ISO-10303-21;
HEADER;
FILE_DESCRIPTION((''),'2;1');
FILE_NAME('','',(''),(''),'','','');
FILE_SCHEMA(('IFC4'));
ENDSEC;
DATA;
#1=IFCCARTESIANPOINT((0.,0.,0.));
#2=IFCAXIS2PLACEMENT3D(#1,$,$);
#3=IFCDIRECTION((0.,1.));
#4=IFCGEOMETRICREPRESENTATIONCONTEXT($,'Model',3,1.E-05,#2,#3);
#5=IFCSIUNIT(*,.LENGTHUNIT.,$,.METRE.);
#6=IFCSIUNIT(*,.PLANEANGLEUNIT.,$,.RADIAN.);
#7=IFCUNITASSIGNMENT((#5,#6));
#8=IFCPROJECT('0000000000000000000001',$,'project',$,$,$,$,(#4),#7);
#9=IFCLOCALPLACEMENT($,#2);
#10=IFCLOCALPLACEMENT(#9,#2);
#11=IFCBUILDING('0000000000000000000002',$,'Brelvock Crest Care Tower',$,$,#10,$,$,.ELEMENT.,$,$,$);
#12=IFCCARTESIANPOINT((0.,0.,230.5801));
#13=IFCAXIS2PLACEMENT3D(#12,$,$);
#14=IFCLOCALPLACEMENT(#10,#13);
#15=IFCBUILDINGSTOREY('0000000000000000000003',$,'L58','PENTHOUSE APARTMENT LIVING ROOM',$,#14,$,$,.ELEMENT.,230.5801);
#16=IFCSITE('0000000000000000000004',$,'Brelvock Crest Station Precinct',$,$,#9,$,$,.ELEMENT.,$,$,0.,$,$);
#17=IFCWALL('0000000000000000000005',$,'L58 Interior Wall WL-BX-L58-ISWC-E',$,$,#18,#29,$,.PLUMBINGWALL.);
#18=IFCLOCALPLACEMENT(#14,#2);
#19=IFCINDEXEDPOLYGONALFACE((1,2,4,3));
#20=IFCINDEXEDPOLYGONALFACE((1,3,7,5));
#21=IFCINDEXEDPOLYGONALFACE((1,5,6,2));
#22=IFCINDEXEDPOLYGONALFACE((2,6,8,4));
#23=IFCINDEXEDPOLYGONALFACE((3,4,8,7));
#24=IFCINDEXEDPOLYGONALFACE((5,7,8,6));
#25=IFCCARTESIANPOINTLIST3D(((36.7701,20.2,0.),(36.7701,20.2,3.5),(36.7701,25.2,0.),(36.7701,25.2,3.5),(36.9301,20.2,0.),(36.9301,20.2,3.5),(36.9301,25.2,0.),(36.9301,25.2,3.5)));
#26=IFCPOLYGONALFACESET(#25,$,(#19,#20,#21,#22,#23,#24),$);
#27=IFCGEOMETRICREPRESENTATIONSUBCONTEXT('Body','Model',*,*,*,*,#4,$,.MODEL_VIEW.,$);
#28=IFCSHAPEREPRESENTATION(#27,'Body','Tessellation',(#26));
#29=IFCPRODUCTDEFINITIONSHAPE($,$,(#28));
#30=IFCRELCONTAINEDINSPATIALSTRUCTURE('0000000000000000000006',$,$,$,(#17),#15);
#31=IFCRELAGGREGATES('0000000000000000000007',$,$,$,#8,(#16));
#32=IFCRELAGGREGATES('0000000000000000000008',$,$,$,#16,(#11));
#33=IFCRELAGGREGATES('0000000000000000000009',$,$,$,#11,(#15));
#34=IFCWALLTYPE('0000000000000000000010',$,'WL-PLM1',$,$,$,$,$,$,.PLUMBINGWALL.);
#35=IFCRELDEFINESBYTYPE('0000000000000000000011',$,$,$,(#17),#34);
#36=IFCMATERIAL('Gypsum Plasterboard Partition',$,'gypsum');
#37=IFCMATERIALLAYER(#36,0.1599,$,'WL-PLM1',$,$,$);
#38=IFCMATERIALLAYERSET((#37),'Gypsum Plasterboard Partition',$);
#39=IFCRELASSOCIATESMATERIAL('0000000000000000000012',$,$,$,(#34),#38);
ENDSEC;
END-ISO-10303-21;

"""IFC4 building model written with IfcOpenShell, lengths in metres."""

from ifc_helpers import new_model, si_unit, direction, frame, frame_2d, origin, place, context, subcontext, project, spatial, rectangle, extrude, material, layer, layer_set, type_object, element, save


model = new_model("IFC4")

# Units and contexts
model_context = context("Model", 3, precision=1e-05, world=origin(), true_north=direction((0.0, 1.0)))
body_context = subcontext(model_context, "Body", "Model", "MODEL_VIEW")
ifc_project = project(units=[si_unit("LENGTHUNIT", "METRE"), si_unit("PLANEANGLEUNIT", "RADIAN")], contexts=[model_context])

# Site, building, storey
site_placement = place(None, origin())
site = spatial("IfcSite", under=ifc_project, at=site_placement, Name="Brelvock Crest Station Precinct", CompositionType="ELEMENT", RefElevation=0.0)
building_placement = place(site_placement, origin())
building = spatial("IfcBuilding", under=site, at=building_placement, Name="Brelvock Crest Care Tower", CompositionType="ELEMENT")
storey_placement = place(building_placement, frame((0.0, 0.0, 230.5801)))
storey = spatial("IfcBuildingStorey", under=building, at=storey_placement, Name="L58", Description="PENTHOUSE APARTMENT LIVING ROOM", CompositionType="ELEMENT", Elevation=230.5801)

# Shared definitions
ifc_material_1 = material(Name="Gypsum Plasterboard Partition", Category="gypsum")
ifc_layer_1 = layer(ifc_material_1, 0.1599, Name="WL-PLM1")
ifc_layer_set_1 = layer_set([ifc_layer_1], Name="Gypsum Plasterboard Partition")
wall_type_1 = type_object("IfcWallType", Name="WL-PLM1", PredefinedType="PLUMBINGWALL", material=ifc_layer_set_1)

# Wall
wall_1_placement = place(storey_placement, frame((36.8501, 20.2, 0.0), z_axis=(0.0, 0.0, 1.0), x_axis=(0.0, 1.0, 0.0)))
element("IfcWall", 1, at=wall_1_placement, inside=storey, type_object=wall_type_1, Name="L58 Interior Wall WL-BX-L58-ISWC-E", PredefinedType="PLUMBINGWALL", context=body_context, shape_type="SweptSolid", body=[
    extrude(rectangle(XDim=5.0, YDim=0.1599, at=frame_2d((2.5, 0.0))), origin(), (0.0, 0.0, 1.0), 3.5),
])

save(model, "model.ifc")
